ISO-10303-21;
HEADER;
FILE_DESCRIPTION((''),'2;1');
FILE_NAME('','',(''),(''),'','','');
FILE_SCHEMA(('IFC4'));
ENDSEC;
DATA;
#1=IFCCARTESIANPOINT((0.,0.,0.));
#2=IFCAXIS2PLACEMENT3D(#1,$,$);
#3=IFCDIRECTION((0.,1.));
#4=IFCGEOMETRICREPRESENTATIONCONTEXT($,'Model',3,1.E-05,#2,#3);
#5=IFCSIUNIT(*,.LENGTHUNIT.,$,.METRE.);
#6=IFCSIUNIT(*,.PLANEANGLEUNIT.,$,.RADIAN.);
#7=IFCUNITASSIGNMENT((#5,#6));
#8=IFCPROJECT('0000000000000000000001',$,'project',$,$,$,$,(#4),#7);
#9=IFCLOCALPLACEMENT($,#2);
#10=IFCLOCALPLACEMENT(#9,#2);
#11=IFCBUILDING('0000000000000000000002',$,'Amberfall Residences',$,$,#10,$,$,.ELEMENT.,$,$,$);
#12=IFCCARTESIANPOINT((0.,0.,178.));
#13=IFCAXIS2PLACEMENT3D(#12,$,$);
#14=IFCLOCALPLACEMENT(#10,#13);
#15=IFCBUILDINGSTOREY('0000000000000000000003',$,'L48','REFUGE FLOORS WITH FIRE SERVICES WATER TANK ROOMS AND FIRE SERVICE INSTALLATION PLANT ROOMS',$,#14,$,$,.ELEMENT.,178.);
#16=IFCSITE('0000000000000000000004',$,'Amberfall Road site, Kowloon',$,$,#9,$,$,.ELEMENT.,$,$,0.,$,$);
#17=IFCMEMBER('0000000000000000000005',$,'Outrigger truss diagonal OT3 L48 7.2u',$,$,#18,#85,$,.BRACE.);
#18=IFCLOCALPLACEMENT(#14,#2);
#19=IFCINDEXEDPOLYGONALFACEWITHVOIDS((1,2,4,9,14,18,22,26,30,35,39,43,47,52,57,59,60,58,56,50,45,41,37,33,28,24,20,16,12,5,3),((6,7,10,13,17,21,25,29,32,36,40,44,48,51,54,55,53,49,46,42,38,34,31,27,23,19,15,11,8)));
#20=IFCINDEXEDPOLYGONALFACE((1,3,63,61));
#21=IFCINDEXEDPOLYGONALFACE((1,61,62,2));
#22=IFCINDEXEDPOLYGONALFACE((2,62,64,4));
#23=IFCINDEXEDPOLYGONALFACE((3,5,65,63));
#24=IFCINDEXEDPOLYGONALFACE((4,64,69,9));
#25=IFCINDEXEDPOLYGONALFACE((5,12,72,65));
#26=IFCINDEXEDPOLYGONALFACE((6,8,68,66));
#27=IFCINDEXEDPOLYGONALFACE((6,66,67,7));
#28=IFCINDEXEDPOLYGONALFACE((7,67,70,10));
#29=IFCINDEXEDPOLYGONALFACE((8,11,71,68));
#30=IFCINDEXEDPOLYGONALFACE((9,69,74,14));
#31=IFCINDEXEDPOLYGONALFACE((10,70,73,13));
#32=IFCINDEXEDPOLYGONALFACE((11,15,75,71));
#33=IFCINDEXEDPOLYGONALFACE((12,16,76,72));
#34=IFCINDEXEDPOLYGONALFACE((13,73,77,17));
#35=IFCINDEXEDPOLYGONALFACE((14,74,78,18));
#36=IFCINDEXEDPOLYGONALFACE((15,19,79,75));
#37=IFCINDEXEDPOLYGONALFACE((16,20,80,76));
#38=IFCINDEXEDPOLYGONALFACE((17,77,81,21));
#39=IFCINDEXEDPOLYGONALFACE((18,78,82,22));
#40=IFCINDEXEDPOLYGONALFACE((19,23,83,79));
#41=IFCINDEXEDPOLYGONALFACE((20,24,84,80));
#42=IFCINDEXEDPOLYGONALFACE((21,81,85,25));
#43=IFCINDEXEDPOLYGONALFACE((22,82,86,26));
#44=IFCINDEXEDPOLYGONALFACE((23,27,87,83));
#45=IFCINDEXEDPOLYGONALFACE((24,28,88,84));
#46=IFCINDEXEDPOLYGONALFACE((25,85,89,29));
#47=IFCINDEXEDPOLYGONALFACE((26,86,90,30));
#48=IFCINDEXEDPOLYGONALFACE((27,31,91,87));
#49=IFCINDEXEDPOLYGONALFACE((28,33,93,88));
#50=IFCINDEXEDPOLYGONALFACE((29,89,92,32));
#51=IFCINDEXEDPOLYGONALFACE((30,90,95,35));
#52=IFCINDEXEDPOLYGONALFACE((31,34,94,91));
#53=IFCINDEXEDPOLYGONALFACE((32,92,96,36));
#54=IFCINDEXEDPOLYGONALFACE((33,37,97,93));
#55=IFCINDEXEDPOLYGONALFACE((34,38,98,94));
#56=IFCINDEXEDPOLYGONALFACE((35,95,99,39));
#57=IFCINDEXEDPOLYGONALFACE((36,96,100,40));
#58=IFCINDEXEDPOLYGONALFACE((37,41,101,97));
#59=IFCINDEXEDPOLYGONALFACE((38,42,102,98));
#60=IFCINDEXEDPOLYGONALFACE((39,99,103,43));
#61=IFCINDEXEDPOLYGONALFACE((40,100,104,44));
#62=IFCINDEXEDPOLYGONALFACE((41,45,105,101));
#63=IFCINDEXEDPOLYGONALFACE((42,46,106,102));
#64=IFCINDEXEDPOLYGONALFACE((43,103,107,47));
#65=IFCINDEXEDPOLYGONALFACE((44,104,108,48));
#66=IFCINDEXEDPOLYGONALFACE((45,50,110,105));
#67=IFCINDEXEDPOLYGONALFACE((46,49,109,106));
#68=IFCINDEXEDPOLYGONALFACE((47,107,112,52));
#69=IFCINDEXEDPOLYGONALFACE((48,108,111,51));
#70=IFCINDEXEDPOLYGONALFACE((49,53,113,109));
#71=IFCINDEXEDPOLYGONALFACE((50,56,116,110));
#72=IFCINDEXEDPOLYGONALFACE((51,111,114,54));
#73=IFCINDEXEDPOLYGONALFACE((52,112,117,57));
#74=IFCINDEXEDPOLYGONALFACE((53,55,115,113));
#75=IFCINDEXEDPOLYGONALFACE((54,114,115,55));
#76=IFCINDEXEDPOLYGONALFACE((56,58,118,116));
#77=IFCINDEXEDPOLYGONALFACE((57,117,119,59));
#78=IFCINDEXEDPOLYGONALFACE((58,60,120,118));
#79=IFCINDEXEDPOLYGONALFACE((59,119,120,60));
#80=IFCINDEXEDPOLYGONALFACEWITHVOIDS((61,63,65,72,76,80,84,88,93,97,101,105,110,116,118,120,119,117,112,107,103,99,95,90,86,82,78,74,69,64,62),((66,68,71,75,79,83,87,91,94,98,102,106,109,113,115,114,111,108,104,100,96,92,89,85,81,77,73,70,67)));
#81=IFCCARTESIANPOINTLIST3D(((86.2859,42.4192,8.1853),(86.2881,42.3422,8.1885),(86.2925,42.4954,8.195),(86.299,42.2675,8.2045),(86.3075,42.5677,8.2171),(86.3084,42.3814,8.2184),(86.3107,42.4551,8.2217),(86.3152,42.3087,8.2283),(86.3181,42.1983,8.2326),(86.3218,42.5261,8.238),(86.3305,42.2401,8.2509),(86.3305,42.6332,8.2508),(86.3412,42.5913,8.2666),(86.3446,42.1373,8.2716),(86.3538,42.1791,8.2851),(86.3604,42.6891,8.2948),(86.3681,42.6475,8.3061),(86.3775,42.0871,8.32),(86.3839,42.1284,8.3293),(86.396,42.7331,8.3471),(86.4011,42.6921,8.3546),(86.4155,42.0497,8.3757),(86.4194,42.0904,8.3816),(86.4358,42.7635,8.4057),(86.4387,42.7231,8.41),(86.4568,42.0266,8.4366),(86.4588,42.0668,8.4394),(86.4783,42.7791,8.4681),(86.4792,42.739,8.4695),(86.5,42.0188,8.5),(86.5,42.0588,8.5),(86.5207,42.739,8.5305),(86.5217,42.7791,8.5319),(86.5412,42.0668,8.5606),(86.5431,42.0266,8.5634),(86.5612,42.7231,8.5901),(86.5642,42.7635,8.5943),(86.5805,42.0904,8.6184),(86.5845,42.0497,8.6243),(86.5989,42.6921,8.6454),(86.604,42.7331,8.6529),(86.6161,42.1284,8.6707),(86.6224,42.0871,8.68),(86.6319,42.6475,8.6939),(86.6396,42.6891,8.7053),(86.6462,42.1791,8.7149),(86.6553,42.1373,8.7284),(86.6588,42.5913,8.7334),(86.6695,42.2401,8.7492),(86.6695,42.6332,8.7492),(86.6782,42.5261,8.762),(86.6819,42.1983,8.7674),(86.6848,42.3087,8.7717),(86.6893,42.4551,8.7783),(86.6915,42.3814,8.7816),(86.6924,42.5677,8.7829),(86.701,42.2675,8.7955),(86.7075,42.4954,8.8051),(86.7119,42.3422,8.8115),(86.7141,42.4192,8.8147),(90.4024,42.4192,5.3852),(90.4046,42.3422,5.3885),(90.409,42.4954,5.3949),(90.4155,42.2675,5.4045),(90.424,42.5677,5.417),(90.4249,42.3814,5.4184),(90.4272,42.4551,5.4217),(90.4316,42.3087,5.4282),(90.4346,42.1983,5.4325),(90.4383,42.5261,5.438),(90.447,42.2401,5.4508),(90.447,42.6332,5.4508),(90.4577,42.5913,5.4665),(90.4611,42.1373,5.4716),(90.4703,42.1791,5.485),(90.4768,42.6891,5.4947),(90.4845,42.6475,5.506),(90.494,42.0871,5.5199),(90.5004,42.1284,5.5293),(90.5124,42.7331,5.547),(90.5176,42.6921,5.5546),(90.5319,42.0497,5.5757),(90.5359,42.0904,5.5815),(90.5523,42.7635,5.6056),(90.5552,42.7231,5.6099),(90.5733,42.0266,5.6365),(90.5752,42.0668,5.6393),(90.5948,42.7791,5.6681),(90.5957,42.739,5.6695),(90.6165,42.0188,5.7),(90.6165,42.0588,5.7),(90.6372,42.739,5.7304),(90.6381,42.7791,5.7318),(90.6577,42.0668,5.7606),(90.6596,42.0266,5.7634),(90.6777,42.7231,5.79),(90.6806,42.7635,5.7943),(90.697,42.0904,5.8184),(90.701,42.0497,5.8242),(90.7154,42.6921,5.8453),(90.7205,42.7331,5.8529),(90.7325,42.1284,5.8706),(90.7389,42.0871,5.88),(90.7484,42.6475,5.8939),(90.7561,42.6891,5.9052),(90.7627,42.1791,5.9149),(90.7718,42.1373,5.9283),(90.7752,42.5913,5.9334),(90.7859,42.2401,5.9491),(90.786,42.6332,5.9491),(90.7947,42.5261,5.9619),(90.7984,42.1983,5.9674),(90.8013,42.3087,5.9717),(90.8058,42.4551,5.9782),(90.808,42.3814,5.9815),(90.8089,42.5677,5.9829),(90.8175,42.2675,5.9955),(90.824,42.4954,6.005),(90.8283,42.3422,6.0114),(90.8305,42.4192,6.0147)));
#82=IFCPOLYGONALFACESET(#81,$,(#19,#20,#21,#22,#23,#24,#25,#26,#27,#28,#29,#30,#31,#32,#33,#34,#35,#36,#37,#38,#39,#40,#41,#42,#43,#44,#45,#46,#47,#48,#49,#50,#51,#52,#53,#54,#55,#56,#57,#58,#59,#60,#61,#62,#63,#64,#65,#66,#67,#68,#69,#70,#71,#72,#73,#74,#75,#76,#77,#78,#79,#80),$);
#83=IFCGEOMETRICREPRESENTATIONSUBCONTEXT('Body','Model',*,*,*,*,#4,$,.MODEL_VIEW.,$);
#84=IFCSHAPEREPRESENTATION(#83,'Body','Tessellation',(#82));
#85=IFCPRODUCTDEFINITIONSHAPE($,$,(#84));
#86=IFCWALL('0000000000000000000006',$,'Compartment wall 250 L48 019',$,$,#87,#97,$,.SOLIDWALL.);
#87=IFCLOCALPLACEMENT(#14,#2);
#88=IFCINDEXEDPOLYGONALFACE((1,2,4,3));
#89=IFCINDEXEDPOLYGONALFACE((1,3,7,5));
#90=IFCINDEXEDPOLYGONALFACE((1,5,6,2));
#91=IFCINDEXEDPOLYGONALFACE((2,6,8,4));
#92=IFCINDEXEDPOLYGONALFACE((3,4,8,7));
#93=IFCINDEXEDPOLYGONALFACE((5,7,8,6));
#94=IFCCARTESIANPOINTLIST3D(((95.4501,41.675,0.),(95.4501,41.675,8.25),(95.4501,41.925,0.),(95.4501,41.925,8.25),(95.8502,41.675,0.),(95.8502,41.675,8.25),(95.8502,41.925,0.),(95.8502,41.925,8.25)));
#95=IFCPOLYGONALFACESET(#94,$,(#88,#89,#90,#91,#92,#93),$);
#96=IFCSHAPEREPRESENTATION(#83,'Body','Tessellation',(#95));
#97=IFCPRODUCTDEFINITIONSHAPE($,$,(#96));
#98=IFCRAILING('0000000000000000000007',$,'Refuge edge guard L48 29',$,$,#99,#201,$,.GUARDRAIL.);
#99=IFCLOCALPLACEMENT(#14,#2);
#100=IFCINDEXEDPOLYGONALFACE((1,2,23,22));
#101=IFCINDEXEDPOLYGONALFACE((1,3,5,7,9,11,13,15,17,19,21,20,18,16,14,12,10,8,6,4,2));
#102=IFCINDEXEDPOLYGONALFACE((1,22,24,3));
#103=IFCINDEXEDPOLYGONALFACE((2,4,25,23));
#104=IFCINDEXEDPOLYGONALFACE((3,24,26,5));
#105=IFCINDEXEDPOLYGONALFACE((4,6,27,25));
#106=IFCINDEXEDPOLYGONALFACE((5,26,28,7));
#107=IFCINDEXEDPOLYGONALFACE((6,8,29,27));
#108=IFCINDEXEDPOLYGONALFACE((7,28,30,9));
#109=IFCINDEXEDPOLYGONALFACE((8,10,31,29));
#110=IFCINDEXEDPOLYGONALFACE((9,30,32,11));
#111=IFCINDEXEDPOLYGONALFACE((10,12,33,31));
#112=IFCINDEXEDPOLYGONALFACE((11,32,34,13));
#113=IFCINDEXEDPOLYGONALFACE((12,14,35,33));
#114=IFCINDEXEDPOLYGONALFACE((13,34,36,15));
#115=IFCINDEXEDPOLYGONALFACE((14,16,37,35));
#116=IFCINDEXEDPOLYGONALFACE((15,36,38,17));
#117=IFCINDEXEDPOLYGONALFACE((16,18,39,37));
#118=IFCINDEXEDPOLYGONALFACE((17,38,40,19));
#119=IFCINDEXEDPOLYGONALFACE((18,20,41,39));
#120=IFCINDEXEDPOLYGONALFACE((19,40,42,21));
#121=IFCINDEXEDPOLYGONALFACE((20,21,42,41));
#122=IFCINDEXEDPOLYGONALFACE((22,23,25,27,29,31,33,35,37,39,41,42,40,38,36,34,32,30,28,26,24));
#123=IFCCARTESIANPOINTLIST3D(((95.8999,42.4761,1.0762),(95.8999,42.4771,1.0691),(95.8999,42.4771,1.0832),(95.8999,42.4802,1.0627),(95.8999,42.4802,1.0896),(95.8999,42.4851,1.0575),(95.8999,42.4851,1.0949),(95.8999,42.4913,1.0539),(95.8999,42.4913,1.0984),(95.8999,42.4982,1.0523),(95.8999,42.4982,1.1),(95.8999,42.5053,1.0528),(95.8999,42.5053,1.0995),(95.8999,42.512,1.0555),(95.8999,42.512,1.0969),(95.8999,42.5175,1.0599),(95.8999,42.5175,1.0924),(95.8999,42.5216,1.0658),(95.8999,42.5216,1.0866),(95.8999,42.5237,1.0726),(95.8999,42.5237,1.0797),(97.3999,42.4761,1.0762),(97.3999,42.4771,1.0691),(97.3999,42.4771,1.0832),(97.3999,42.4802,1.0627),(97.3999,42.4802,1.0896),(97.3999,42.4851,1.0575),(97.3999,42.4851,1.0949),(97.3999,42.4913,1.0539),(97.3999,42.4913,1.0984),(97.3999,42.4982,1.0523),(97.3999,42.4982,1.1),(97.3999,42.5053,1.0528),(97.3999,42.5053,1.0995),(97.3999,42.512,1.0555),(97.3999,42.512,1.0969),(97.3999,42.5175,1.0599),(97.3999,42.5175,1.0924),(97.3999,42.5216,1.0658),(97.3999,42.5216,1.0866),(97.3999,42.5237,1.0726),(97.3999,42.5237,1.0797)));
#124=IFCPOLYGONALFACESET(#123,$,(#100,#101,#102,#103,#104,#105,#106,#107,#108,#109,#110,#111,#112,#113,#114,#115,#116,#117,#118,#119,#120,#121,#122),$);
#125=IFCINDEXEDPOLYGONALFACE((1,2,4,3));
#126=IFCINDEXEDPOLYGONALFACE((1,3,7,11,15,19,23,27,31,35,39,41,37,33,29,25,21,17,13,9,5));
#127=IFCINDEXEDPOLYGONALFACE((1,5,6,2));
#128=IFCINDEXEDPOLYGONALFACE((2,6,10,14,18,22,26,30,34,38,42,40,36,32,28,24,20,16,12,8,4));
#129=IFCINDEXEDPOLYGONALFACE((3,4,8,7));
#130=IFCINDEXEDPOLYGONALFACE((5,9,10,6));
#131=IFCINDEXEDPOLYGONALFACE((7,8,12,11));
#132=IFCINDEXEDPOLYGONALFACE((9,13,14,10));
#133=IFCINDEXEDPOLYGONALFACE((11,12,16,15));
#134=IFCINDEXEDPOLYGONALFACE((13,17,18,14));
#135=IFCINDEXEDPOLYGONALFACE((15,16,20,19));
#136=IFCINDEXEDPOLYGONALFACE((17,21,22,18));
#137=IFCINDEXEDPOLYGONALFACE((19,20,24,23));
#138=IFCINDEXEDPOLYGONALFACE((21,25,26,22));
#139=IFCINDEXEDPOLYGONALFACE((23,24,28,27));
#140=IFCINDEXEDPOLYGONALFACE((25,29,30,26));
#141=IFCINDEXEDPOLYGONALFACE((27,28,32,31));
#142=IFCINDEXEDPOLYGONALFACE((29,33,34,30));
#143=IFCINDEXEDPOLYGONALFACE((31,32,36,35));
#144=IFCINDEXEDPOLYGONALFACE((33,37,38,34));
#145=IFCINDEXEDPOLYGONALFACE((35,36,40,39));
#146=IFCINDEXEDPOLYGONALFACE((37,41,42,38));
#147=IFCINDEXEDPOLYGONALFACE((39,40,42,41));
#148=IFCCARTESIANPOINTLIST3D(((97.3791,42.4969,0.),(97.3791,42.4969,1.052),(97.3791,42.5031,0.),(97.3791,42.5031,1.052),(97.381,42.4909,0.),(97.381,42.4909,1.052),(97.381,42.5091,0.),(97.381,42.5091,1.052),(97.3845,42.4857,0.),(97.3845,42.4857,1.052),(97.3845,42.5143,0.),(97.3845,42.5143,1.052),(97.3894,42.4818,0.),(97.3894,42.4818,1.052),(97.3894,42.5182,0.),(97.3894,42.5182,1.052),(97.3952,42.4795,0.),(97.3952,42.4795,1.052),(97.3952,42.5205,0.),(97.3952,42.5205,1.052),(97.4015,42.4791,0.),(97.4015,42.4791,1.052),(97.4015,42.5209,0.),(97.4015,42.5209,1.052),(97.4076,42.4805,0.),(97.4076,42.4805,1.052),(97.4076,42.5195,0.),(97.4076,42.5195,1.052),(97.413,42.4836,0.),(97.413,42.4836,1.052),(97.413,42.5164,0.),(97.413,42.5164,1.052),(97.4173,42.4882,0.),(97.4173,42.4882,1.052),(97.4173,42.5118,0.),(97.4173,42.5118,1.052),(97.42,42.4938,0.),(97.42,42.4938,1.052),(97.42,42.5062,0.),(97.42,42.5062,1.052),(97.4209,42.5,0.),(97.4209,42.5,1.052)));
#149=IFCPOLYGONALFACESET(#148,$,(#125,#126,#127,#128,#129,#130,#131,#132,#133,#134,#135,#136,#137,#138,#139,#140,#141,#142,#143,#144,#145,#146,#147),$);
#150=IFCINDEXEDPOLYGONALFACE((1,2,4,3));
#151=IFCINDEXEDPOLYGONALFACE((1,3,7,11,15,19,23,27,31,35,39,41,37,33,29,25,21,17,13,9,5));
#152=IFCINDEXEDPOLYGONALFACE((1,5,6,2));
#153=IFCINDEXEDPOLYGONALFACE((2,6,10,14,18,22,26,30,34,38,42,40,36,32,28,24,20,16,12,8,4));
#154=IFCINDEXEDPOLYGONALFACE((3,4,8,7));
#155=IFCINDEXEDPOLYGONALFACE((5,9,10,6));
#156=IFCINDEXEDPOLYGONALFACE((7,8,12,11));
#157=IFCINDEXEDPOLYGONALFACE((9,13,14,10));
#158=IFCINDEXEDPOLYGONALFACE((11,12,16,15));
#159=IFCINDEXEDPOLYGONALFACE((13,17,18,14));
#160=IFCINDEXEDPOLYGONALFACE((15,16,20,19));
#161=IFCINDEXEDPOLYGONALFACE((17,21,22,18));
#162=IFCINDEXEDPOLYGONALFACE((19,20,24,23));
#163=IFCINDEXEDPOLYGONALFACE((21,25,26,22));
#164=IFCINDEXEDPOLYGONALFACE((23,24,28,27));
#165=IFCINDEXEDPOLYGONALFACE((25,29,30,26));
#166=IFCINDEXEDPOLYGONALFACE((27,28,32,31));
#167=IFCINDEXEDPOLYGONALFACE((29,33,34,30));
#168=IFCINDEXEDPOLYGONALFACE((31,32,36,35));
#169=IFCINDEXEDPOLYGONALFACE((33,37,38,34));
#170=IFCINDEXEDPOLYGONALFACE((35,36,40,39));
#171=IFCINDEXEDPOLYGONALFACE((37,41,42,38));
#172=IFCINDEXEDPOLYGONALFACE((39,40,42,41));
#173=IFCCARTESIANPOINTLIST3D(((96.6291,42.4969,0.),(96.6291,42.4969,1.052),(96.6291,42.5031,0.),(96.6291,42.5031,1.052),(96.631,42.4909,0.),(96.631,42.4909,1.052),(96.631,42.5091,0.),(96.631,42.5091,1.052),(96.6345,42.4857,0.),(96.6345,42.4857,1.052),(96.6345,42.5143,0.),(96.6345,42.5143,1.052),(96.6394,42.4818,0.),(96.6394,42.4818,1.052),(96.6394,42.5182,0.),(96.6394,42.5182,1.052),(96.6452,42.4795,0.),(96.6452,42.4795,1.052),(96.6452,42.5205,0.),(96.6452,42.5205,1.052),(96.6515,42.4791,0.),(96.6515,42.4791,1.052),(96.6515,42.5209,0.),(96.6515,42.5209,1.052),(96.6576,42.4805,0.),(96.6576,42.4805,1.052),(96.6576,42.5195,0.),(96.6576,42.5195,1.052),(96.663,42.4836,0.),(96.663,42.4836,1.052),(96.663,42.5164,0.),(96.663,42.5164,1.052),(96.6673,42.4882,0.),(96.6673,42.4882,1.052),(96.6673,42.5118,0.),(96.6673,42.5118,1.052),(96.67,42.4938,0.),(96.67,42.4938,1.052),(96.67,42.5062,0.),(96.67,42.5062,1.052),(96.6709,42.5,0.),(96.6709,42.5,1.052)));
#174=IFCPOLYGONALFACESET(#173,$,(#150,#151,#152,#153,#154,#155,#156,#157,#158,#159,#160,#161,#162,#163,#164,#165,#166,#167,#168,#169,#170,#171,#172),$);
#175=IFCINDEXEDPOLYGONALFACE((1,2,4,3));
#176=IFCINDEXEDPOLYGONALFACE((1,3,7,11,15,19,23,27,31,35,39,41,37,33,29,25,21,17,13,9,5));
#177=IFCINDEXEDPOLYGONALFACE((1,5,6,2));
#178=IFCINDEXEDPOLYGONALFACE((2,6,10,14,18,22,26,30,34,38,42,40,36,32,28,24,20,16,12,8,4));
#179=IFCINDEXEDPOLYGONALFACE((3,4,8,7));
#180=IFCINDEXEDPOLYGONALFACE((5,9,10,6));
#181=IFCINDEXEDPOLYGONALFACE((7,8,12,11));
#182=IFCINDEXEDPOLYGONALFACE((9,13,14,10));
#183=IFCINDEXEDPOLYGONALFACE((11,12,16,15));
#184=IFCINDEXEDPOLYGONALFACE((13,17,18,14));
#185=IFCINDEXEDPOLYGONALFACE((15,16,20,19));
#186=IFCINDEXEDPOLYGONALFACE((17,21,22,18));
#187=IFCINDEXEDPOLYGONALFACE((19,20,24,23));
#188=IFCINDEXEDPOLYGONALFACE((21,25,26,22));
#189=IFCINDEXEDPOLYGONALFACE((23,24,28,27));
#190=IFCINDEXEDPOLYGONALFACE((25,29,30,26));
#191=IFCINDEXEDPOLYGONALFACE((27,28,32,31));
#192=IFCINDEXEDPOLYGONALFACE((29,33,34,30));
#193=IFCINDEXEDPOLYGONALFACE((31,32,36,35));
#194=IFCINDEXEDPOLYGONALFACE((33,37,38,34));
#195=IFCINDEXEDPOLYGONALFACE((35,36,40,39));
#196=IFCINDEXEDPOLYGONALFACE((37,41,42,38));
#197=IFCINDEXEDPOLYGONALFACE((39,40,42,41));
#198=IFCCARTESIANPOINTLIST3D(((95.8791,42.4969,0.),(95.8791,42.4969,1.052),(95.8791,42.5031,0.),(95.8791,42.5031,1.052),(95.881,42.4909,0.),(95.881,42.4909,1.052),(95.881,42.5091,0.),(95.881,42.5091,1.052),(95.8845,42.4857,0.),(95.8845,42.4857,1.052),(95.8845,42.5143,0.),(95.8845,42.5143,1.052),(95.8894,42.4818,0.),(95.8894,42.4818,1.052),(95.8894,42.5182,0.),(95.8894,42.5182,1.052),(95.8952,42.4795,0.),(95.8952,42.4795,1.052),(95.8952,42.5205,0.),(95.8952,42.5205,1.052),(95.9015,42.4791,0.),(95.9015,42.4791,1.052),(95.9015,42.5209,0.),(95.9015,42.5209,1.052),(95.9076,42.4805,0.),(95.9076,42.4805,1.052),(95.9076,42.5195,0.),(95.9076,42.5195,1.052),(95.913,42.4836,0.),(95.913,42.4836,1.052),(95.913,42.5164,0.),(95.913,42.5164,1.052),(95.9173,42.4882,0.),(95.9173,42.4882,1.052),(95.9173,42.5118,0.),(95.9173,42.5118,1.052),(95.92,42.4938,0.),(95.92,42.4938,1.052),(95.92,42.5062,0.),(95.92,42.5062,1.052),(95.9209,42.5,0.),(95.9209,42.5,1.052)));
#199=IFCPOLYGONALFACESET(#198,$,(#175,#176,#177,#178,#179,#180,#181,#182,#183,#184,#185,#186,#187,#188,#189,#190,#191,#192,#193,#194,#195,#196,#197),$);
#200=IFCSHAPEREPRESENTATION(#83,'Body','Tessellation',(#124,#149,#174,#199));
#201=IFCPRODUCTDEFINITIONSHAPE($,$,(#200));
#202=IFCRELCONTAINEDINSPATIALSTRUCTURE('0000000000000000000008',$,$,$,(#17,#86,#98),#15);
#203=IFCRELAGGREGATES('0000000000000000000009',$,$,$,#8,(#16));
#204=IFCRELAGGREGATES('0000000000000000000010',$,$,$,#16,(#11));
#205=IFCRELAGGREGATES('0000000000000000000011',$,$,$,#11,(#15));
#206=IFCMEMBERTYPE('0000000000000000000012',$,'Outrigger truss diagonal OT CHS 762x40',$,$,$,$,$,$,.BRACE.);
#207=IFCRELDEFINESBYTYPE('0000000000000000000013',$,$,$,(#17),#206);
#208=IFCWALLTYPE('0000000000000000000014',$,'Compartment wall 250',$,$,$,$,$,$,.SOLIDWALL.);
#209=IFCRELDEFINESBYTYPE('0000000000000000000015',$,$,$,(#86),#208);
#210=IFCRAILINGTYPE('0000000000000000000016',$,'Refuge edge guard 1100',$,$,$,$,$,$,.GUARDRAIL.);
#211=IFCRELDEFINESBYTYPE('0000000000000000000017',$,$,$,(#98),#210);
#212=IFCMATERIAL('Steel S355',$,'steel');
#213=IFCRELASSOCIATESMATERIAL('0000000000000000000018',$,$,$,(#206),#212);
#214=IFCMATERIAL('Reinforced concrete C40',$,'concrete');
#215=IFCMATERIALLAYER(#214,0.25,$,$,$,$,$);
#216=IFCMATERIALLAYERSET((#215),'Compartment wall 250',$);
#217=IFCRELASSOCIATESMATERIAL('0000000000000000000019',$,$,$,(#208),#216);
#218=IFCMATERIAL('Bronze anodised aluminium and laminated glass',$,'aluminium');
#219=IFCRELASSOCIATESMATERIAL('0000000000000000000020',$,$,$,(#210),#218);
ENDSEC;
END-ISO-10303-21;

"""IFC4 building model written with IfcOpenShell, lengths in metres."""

from ifc_helpers import new_model, si_unit, direction, frame, frame_2d, origin, origin_2d, place, context, subcontext, project, spatial, rectangle, circle, hollow_circle, extrude, material, layer, layer_set, material_profile, profile_set, type_object, element, save


model = new_model("IFC4")

# Units and contexts
model_context = context("Model", 3, precision=1e-05, world=origin(), true_north=direction((0.0, 1.0)))
body_context = subcontext(model_context, "Body", "Model", "MODEL_VIEW")
ifc_project = project(units=[si_unit("LENGTHUNIT", "METRE"), si_unit("PLANEANGLEUNIT", "RADIAN")], contexts=[model_context])

# Site, building, storey
site_placement = place(None, origin())
site = spatial("IfcSite", under=ifc_project, at=site_placement, Name="Amberfall Road site, Kowloon", CompositionType="ELEMENT", RefElevation=0.0)
building_placement = place(site_placement, origin())
building = spatial("IfcBuilding", under=site, at=building_placement, Name="Amberfall Residences", CompositionType="ELEMENT")
storey_placement = place(building_placement, frame((0.0, 0.0, 178.0)))
storey = spatial("IfcBuildingStorey", under=building, at=storey_placement, Name="L48", Description="REFUGE FLOORS WITH FIRE SERVICES WATER TANK ROOMS AND FIRE SERVICE INSTALLATION PLANT ROOMS", CompositionType="ELEMENT", Elevation=178.0)

# Shared definitions
ifc_material_1 = material(Name="Steel S355", Category="steel")

# Member
ifc_material_profile_1 = material_profile(ifc_material_1, hollow_circle(Radius=0.3811, WallThickness=0.04, at=origin_2d()), Name="CHS 762x40")
ifc_profile_set_1 = profile_set([ifc_material_profile_1], Name="Steel S355")
member_type_1 = type_object("IfcMemberType", Name="Outrigger truss diagonal OT CHS 762x40", PredefinedType="BRACE", material=ifc_profile_set_1)
member_1_placement = place(storey_placement, frame((90.6165, 42.3999, 5.7), z_axis=(-0.826846, 0.0, 0.562428), x_axis=(0.0, -1.0, 0.0)))
element("IfcMember", 1, at=member_1_placement, inside=storey, type_object=member_type_1, Name="Outrigger truss diagonal OT3 L48 7.2u", PredefinedType="BRACE", context=body_context, shape_type="SweptSolid", body=[
    extrude(hollow_circle(Radius=0.3811, WallThickness=0.04, at=origin_2d()), origin(), (0.0, 0.0, 1.0), 4.9785),
])

# Wall
ifc_material_2 = material(Name="Reinforced concrete C40", Category="concrete")
ifc_layer = layer(ifc_material_2, 0.25)
ifc_layer_set = layer_set([ifc_layer], Name="Compartment wall 250")
wall_type = type_object("IfcWallType", Name="Compartment wall 250", PredefinedType="SOLIDWALL", material=ifc_layer_set)
wall_placement = place(storey_placement, frame((95.45, 41.8, 0.0), z_axis=(0.0, 0.0, 1.0), x_axis=(1.0, 0.0, 0.0)))
element("IfcWall", 2, at=wall_placement, inside=storey, type_object=wall_type, Name="Compartment wall 250 L48 019", PredefinedType="SOLIDWALL", context=body_context, shape_type="SweptSolid", body=[
    extrude(rectangle(XDim=0.4001, YDim=0.25, at=frame_2d((0.2002, 0.0))), origin(), (0.0, 0.0, 1.0), 8.25),
])

# Railing
ifc_material_3 = material(Name="Bronze anodised aluminium and laminated glass", Category="aluminium")
railing_type = type_object("IfcRailingType", Name="Refuge edge guard 1100", PredefinedType="GUARDRAIL", material=ifc_material_3)
railing_1_placement = place(storey_placement, frame((97.3999, 42.5, 0.0)))
element("IfcRailing", 3, at=railing_1_placement, inside=storey, type_object=railing_type, Name="Refuge edge guard L48 29", PredefinedType="GUARDRAIL", context=body_context, shape_type="SweptSolid", body=[
    extrude(circle(Radius=0.0239, at=origin_2d()), frame((0.0, 0.0, 1.0762), z_axis=(-1.0, 0.0, 0.0), x_axis=(0.0, -1.0, 0.0)), (0.0, 0.0, 1.0), 1.5),
    extrude(circle(Radius=0.021, at=origin_2d()), origin(), (0.0, 0.0, 1.0), 1.052),
    extrude(circle(Radius=0.021, at=origin_2d()), frame((-0.75, 0.0, 0.0)), (0.0, 0.0, 1.0), 1.052),
    extrude(circle(Radius=0.021, at=origin_2d()), frame((-1.5, 0.0, 0.0)), (0.0, 0.0, 1.0), 1.052),
])

save(model, "model.ifc")
